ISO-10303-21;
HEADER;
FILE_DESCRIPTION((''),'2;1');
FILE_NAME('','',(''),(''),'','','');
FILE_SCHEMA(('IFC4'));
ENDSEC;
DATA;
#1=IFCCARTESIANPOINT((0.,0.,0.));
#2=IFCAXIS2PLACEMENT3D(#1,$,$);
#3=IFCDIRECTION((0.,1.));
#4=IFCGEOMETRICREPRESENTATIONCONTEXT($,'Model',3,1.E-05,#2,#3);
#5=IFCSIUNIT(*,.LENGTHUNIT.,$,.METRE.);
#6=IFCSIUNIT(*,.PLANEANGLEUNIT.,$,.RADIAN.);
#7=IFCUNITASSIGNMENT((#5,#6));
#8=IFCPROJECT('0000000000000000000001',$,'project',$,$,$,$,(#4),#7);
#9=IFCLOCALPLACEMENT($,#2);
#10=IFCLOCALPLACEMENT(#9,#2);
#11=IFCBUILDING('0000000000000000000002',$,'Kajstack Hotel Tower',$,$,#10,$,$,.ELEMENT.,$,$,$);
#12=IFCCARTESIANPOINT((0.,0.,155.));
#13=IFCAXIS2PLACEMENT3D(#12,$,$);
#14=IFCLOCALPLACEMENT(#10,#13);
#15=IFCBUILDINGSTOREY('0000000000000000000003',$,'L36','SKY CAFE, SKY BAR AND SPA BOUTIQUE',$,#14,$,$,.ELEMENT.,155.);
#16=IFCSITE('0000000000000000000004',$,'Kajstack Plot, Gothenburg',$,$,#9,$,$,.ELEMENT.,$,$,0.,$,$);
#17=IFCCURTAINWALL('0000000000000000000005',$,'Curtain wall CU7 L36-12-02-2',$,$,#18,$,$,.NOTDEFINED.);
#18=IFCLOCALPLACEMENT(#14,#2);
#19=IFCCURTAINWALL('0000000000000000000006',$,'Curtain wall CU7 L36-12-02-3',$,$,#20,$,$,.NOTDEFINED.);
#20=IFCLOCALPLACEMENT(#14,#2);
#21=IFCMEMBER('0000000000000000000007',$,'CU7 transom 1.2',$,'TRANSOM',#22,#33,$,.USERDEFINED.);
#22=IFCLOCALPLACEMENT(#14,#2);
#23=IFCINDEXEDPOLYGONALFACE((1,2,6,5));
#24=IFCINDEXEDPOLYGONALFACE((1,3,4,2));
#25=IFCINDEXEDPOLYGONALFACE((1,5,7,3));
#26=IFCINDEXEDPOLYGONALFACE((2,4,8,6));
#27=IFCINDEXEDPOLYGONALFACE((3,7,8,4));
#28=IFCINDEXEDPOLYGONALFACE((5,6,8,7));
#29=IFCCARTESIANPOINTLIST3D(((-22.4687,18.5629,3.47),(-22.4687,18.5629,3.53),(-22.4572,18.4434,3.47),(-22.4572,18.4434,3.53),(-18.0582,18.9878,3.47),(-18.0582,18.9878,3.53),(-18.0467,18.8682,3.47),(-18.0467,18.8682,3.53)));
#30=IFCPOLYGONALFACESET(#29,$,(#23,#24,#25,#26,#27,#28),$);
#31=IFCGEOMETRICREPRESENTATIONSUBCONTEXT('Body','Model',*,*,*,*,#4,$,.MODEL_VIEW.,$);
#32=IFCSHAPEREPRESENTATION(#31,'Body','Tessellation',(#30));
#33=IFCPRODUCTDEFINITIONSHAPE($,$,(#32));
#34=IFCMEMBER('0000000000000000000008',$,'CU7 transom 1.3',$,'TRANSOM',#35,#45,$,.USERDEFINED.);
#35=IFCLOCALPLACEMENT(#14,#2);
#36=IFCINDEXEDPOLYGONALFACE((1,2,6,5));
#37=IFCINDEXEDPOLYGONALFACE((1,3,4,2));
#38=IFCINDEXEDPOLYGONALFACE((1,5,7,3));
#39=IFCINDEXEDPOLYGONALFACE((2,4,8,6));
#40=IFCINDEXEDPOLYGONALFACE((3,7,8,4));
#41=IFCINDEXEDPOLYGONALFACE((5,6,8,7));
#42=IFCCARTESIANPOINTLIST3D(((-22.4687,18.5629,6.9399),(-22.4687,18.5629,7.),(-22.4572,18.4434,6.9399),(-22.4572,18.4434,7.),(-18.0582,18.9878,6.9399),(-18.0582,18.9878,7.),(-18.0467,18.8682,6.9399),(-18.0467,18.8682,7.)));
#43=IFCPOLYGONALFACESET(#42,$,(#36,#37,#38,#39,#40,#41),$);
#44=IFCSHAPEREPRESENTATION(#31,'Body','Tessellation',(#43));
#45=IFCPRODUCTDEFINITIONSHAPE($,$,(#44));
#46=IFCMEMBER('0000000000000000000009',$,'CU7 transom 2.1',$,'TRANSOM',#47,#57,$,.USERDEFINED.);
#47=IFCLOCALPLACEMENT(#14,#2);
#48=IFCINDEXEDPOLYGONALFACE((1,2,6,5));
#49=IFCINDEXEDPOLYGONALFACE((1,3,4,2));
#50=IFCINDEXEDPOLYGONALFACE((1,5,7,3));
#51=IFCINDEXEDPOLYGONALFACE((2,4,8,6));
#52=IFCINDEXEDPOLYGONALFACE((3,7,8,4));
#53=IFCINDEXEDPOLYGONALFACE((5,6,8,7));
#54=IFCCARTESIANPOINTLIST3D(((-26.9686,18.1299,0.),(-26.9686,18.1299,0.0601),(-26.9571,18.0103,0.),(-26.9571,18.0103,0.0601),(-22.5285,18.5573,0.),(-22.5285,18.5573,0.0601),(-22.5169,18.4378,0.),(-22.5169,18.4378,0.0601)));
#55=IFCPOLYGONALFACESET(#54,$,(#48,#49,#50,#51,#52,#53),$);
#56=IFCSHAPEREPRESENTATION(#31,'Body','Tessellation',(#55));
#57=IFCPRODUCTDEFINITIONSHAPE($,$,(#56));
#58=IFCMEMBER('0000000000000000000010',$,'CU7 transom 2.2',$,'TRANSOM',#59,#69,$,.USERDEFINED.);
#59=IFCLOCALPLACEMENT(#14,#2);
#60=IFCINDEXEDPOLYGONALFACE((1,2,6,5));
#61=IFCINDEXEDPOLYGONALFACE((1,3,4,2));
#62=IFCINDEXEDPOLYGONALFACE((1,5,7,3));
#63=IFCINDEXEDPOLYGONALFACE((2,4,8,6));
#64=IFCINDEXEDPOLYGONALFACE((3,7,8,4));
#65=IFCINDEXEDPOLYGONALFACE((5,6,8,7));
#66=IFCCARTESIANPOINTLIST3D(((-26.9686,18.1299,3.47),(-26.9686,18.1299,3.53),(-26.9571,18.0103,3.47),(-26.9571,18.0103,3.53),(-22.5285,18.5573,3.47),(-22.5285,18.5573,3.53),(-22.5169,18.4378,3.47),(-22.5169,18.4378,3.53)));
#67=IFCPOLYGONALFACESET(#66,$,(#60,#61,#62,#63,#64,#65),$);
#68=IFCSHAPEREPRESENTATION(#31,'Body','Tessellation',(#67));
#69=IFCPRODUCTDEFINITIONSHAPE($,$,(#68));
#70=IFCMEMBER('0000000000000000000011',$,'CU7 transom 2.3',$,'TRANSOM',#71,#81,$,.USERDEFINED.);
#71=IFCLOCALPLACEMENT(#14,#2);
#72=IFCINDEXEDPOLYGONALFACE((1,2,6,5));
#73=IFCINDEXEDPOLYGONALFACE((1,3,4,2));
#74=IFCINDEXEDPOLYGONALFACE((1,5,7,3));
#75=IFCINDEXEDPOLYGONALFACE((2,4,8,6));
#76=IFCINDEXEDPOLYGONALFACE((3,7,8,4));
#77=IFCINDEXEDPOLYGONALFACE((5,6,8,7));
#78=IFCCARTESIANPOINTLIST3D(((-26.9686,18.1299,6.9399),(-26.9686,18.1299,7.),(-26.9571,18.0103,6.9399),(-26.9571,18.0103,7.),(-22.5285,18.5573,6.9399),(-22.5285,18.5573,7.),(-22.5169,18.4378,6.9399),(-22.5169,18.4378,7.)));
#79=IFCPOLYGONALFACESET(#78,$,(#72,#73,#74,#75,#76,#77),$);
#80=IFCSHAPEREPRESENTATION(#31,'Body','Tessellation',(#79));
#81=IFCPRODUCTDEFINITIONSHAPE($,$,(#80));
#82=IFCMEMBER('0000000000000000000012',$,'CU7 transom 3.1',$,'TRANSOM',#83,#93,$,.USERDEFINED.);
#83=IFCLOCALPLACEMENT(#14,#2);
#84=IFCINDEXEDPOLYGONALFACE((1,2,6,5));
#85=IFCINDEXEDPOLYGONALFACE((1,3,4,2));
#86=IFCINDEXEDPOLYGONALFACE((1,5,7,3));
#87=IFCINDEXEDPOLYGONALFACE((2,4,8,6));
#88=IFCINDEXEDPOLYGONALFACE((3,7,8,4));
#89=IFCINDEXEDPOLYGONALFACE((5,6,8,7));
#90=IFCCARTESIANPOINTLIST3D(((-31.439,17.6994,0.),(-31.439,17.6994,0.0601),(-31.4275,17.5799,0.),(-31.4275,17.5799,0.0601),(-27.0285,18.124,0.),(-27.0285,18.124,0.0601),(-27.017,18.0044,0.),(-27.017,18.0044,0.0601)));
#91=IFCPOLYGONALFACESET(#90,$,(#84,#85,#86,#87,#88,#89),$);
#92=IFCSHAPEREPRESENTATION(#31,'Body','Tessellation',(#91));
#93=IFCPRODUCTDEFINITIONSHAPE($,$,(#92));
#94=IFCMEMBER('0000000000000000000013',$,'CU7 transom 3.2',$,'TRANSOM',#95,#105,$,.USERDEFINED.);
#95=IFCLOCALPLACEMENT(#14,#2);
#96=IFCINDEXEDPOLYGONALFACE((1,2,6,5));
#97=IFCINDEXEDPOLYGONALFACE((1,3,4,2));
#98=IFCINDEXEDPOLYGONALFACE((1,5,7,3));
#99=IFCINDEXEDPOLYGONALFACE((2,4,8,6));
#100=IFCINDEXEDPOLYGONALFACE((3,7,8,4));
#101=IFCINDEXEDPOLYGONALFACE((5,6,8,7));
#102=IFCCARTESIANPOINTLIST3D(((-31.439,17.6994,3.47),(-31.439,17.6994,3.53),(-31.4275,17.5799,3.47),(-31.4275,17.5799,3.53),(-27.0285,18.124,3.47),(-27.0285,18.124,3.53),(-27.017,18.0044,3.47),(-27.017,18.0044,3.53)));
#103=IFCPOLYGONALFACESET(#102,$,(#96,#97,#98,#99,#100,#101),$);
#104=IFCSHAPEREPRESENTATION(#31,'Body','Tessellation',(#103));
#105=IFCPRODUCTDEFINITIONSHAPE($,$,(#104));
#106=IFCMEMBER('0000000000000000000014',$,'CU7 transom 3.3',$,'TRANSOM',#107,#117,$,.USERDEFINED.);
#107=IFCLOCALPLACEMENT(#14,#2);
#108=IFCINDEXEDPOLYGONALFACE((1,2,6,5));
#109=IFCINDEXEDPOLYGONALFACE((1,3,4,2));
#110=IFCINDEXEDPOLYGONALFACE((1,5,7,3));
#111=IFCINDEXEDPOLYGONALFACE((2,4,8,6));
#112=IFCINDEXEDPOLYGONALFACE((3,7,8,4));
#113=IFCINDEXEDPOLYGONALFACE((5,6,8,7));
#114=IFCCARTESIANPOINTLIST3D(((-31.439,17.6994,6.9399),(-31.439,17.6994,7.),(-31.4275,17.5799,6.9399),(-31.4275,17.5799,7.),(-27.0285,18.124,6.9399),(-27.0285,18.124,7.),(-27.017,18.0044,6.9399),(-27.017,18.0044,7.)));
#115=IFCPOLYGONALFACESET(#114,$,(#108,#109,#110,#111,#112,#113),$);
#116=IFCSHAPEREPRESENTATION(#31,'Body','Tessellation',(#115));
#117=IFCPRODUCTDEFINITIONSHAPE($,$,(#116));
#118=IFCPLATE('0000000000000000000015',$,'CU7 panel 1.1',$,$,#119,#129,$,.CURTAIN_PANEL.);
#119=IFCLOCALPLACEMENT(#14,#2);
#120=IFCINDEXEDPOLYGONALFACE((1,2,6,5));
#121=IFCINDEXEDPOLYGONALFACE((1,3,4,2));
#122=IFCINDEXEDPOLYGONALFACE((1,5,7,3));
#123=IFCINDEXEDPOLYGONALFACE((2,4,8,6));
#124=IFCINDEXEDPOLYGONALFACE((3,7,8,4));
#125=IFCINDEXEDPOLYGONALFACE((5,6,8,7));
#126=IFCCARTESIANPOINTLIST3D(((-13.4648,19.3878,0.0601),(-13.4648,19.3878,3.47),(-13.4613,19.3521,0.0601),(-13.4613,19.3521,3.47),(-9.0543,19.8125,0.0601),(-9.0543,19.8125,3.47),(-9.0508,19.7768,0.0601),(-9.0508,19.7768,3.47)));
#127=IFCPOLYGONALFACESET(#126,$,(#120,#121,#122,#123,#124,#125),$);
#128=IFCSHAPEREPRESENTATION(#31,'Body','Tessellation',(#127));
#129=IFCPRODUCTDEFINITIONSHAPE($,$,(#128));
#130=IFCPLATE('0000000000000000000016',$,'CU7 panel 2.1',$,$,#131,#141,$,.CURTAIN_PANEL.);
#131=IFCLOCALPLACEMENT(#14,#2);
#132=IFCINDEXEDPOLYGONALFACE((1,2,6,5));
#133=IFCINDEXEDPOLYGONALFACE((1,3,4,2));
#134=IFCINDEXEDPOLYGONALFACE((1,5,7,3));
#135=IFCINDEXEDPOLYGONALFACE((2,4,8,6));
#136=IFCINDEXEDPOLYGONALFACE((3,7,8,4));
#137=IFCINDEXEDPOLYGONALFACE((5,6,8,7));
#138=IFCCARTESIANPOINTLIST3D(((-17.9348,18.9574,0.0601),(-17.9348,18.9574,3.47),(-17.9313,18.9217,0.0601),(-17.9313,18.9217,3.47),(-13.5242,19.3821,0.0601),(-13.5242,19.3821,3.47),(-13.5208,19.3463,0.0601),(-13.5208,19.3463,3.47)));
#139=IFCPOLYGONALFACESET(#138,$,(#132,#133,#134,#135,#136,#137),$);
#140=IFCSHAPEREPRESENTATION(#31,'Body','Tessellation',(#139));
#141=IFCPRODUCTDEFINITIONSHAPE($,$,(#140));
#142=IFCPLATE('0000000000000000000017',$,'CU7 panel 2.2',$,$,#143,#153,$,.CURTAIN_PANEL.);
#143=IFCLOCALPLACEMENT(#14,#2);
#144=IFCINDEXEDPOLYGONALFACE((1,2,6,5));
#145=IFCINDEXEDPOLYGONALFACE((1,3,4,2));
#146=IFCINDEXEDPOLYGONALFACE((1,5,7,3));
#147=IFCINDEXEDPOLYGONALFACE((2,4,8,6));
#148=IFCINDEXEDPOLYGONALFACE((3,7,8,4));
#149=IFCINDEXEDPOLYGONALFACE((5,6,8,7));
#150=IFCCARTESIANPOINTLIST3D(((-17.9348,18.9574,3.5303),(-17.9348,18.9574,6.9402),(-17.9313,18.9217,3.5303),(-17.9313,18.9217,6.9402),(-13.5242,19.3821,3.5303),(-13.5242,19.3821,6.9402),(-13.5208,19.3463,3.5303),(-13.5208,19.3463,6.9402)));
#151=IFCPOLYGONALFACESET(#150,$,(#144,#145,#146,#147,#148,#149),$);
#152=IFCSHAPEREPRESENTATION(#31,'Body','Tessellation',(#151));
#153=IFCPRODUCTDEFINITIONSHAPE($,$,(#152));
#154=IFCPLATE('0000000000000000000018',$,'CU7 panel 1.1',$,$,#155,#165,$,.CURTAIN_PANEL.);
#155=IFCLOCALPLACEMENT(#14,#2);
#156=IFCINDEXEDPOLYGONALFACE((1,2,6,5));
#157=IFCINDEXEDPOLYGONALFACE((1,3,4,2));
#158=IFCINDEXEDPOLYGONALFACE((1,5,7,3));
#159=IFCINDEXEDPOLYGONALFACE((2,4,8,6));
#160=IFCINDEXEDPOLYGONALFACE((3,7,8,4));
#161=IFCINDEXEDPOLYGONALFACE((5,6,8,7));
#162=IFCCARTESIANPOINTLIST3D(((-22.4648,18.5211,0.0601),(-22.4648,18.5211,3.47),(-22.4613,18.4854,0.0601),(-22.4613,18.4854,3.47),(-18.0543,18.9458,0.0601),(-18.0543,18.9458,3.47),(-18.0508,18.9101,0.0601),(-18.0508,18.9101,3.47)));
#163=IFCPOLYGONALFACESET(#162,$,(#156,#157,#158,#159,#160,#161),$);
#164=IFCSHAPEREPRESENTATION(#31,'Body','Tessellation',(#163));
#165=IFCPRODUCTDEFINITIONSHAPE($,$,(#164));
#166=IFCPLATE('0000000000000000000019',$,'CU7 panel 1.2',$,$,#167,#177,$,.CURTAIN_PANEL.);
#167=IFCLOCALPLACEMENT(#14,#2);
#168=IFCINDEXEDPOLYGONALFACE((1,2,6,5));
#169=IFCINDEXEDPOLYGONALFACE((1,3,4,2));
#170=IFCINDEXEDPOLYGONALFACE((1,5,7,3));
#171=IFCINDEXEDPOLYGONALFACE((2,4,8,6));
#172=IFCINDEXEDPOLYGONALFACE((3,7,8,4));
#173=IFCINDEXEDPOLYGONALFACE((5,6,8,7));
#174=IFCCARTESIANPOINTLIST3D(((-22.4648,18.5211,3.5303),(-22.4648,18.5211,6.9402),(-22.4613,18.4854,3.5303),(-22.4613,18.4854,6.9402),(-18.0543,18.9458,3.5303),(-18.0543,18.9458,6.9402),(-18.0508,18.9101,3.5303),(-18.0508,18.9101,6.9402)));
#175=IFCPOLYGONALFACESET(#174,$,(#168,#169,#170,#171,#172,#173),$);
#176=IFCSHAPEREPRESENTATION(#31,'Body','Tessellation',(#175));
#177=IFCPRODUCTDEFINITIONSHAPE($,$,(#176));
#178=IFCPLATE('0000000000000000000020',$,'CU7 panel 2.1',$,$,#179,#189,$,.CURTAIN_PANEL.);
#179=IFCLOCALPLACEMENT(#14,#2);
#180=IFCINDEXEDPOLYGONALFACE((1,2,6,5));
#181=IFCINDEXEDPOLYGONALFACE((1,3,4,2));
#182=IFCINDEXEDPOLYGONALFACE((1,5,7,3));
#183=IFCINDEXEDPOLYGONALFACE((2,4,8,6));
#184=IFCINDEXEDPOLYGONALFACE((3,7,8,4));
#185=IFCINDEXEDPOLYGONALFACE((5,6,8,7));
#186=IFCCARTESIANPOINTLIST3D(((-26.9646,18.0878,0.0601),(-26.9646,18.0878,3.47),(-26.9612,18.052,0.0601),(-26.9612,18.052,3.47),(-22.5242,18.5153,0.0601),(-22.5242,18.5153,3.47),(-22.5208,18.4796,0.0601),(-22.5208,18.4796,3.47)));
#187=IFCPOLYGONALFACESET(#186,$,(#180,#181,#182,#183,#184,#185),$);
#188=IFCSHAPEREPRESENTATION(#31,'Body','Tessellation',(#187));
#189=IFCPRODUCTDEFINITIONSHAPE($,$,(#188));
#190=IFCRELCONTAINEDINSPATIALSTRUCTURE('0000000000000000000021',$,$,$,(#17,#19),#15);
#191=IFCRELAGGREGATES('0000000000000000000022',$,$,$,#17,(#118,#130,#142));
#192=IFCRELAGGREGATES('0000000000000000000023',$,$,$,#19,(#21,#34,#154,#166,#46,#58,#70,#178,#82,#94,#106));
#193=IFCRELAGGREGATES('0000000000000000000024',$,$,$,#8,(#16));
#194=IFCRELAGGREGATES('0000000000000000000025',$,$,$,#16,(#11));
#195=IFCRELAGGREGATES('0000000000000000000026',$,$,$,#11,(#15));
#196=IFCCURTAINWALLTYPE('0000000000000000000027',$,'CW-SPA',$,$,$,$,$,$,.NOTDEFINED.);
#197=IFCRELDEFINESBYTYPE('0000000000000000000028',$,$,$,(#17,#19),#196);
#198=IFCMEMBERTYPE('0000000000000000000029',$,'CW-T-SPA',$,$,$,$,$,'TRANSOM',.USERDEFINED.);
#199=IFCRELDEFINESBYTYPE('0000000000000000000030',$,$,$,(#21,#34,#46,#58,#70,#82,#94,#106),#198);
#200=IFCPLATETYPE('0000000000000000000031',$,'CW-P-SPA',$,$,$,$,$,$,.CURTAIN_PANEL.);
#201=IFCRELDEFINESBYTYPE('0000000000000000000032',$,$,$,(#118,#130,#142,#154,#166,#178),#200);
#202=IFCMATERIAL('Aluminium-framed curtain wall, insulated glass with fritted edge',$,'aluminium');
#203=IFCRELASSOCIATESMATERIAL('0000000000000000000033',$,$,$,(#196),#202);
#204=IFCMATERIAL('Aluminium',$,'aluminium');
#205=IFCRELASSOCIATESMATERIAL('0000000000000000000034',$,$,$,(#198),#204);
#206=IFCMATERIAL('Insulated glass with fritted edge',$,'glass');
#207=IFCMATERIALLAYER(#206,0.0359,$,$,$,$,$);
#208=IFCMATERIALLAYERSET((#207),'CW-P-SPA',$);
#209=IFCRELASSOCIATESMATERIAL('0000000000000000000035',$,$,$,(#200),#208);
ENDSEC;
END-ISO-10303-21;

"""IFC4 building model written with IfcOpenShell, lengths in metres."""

from ifc_helpers import new_model, si_unit, direction, frame, origin, origin_2d, place, context, subcontext, project, spatial, rectangle, extrude, material, layer, layer_set, material_profile, profile_set, type_object, element, aggregate, save


model = new_model("IFC4")

# Units and contexts
model_context = context("Model", 3, precision=1e-05, world=origin(), true_north=direction((0.0, 1.0)))
body_context = subcontext(model_context, "Body", "Model", "MODEL_VIEW")
ifc_project = project(units=[si_unit("LENGTHUNIT", "METRE"), si_unit("PLANEANGLEUNIT", "RADIAN")], contexts=[model_context])

# Site, building, storey
site_placement = place(None, origin())
site = spatial("IfcSite", under=ifc_project, at=site_placement, Name="Kajstack Plot, Gothenburg", CompositionType="ELEMENT", RefElevation=0.0)
building_placement = place(site_placement, origin())
building = spatial("IfcBuilding", under=site, at=building_placement, Name="Kajstack Hotel Tower", CompositionType="ELEMENT")
storey_placement = place(building_placement, frame((0.0, 0.0, 155.0)))
storey = spatial("IfcBuildingStorey", under=building, at=storey_placement, Name="L36", Description="SKY CAFE, SKY BAR AND SPA BOUTIQUE", CompositionType="ELEMENT", Elevation=155.0)

# Curtain walls
ifc_material_1 = material(Name="Aluminium-framed curtain wall, insulated glass with fritted edge", Category="aluminium")
curtain_wall_type = type_object("IfcCurtainWallType", Name="CW-SPA", PredefinedType="NOTDEFINED", material=ifc_material_1)
curtain_wall_1_placement = place(storey_placement, origin())
curtain_wall_1 = element("IfcCurtainWall", 1, at=curtain_wall_1_placement, inside=storey, type_object=curtain_wall_type, Name="Curtain wall CU7 L36-12-02-2", PredefinedType="NOTDEFINED")
ifc_material_2 = material(Name="Aluminium", Category="aluminium")
curtain_wall_2_placement = place(storey_placement, origin())
curtain_wall_2 = element("IfcCurtainWall", 2, at=curtain_wall_2_placement, inside=storey, type_object=curtain_wall_type, Name="Curtain wall CU7 L36-12-02-3", PredefinedType="NOTDEFINED")

# Members
ifc_material_profile_1 = material_profile(ifc_material_2, rectangle(XDim=0.1201, YDim=0.0601, at=origin_2d()), Name="Aluminium transom 120 x 60")
ifc_profile_set_1 = profile_set([ifc_material_profile_1], Name="Aluminium")
member_type_1 = type_object("IfcMemberType", Name="CW-T-SPA", ElementType="TRANSOM", PredefinedType="USERDEFINED", material=ifc_profile_set_1)
member_1_placement = place(storey_placement, frame((-18.0525, 18.928, 3.5), z_axis=(-0.995393, -0.095875, 0.0), x_axis=(0.095875, -0.995393, 0.0)))
member_1 = element("IfcMember", 3, at=member_1_placement, type_object=member_type_1, Name="CU7 transom 1.2", ObjectType="TRANSOM", PredefinedType="USERDEFINED", context=body_context, shape_type="SweptSolid", body=[
    extrude(rectangle(XDim=0.1201, YDim=0.0601, at=origin_2d()), origin(), (0.0, 0.0, 1.0), 4.4309),
])
member_2_placement = place(storey_placement, frame((-18.0525, 18.928, 6.97), z_axis=(-0.995393, -0.095875, 0.0), x_axis=(0.095875, -0.995393, 0.0)))
member_2 = element("IfcMember", 4, at=member_2_placement, type_object=member_type_1, Name="CU7 transom 1.3", ObjectType="TRANSOM", PredefinedType="USERDEFINED", context=body_context, shape_type="SweptSolid", body=[
    extrude(rectangle(XDim=0.1201, YDim=0.0601, at=origin_2d()), origin(), (0.0, 0.0, 1.0), 4.4309),
])
member_3_placement = place(storey_placement, frame((-22.5227, 18.4976, 0.03), z_axis=(-0.995397, -0.095834, 0.0), x_axis=(0.095834, -0.995397, 0.0)))
member_3 = element("IfcMember", 5, at=member_3_placement, type_object=member_type_1, Name="CU7 transom 2.1", ObjectType="TRANSOM", PredefinedType="USERDEFINED", context=body_context, shape_type="SweptSolid", body=[
    extrude(rectangle(XDim=0.1201, YDim=0.0601, at=origin_2d()), origin(), (0.0, 0.0, 1.0), 4.4607),
])
member_4_placement = place(storey_placement, frame((-22.5227, 18.4976, 3.5), z_axis=(-0.995397, -0.095834, 0.0), x_axis=(0.095834, -0.995397, 0.0)))
member_4 = element("IfcMember", 6, at=member_4_placement, type_object=member_type_1, Name="CU7 transom 2.2", ObjectType="TRANSOM", PredefinedType="USERDEFINED", context=body_context, shape_type="SweptSolid", body=[
    extrude(rectangle(XDim=0.1201, YDim=0.0601, at=origin_2d()), origin(), (0.0, 0.0, 1.0), 4.4607),
])
member_5_placement = place(storey_placement, frame((-22.5227, 18.4976, 6.97), z_axis=(-0.995397, -0.095834, 0.0), x_axis=(0.095834, -0.995397, 0.0)))
member_5 = element("IfcMember", 7, at=member_5_placement, type_object=member_type_1, Name="CU7 transom 2.3", ObjectType="TRANSOM", PredefinedType="USERDEFINED", context=body_context, shape_type="SweptSolid", body=[
    extrude(rectangle(XDim=0.1201, YDim=0.0601, at=origin_2d()), origin(), (0.0, 0.0, 1.0), 4.4607),
])
member_6_placement = place(storey_placement, frame((-27.0227, 18.0642, 0.03), z_axis=(-0.995399, -0.095821, 0.0), x_axis=(0.095821, -0.995399, 0.0)))
member_6 = element("IfcMember", 8, at=member_6_placement, type_object=member_type_1, Name="CU7 transom 3.1", ObjectType="TRANSOM", PredefinedType="USERDEFINED", context=body_context, shape_type="SweptSolid", body=[
    extrude(rectangle(XDim=0.1201, YDim=0.0601, at=origin_2d()), origin(), (0.0, 0.0, 1.0), 4.4309),
])
member_7_placement = place(storey_placement, frame((-27.0227, 18.0642, 3.5), z_axis=(-0.995399, -0.095821, 0.0), x_axis=(0.095821, -0.995399, 0.0)))
member_7 = element("IfcMember", 9, at=member_7_placement, type_object=member_type_1, Name="CU7 transom 3.2", ObjectType="TRANSOM", PredefinedType="USERDEFINED", context=body_context, shape_type="SweptSolid", body=[
    extrude(rectangle(XDim=0.1201, YDim=0.0601, at=origin_2d()), origin(), (0.0, 0.0, 1.0), 4.4309),
])
member_8_placement = place(storey_placement, frame((-27.0227, 18.0642, 6.97), z_axis=(-0.995399, -0.095821, 0.0), x_axis=(0.095821, -0.995399, 0.0)))
member_8 = element("IfcMember", 10, at=member_8_placement, type_object=member_type_1, Name="CU7 transom 3.3", ObjectType="TRANSOM", PredefinedType="USERDEFINED", context=body_context, shape_type="SweptSolid", body=[
    extrude(rectangle(XDim=0.1201, YDim=0.0601, at=origin_2d()), origin(), (0.0, 0.0, 1.0), 4.4309),
])

# Plates
ifc_material_3 = material(Name="Insulated glass with fritted edge", Category="glass")
ifc_layer = layer(ifc_material_3, 0.0359)
ifc_layer_set = layer_set([ifc_layer], Name="CW-P-SPA")
plate_type = type_object("IfcPlateType", Name="CW-P-SPA", PredefinedType="CURTAIN_PANEL", material=ifc_layer_set)
plate_1_placement = place(storey_placement, frame((-11.2578, 19.5823, 0.0601), z_axis=(0.0, 0.0, 1.0), x_axis=(-0.995396, -0.095845, 0.0)))
plate_1 = element("IfcPlate", 11, at=plate_1_placement, type_object=plate_type, Name="CU7 panel 1.1", PredefinedType="CURTAIN_PANEL", context=body_context, shape_type="SweptSolid", body=[
    extrude(rectangle(XDim=4.4309, YDim=0.0359, at=origin_2d()), origin(), (0.0, 0.0, 1.0), 3.4099),
])
plate_2_placement = place(storey_placement, frame((-15.7278, 19.1519, 0.0601), z_axis=(0.0, 0.0, 1.0), x_axis=(-0.995396, -0.095845, 0.0)))
plate_2 = element("IfcPlate", 12, at=plate_2_placement, type_object=plate_type, Name="CU7 panel 2.1", PredefinedType="CURTAIN_PANEL", context=body_context, shape_type="SweptSolid", body=[
    extrude(rectangle(XDim=4.4309, YDim=0.0359, at=origin_2d()), origin(), (0.0, 0.0, 1.0), 3.4099),
])
plate_3_placement = place(storey_placement, frame((-15.7278, 19.1519, 3.5303), z_axis=(0.0, 0.0, 1.0), x_axis=(-0.995396, -0.095845, 0.0)))
plate_3 = element("IfcPlate", 13, at=plate_3_placement, type_object=plate_type, Name="CU7 panel 2.2", PredefinedType="CURTAIN_PANEL", context=body_context, shape_type="SweptSolid", body=[
    extrude(rectangle(XDim=4.4309, YDim=0.0359, at=origin_2d()), origin(), (0.0, 0.0, 1.0), 3.4099),
])
aggregate(curtain_wall_1, [plate_1, plate_2, plate_3])
plate_4_placement = place(storey_placement, frame((-20.2578, 18.7156, 0.0601), z_axis=(0.0, 0.0, 1.0), x_axis=(-0.995396, -0.095845, 0.0)))
plate_4 = element("IfcPlate", 14, at=plate_4_placement, type_object=plate_type, Name="CU7 panel 1.1", PredefinedType="CURTAIN_PANEL", context=body_context, shape_type="SweptSolid", body=[
    extrude(rectangle(XDim=4.4309, YDim=0.0359, at=origin_2d()), origin(), (0.0, 0.0, 1.0), 3.4099),
])
plate_5_placement = place(storey_placement, frame((-20.2578, 18.7156, 3.5303), z_axis=(0.0, 0.0, 1.0), x_axis=(-0.995396, -0.095845, 0.0)))
plate_5 = element("IfcPlate", 15, at=plate_5_placement, type_object=plate_type, Name="CU7 panel 1.2", PredefinedType="CURTAIN_PANEL", context=body_context, shape_type="SweptSolid", body=[
    extrude(rectangle(XDim=4.4309, YDim=0.0359, at=origin_2d()), origin(), (0.0, 0.0, 1.0), 3.4099),
])
plate_6_placement = place(storey_placement, frame((-24.7427, 18.2837, 0.0601), z_axis=(0.0, 0.0, 1.0), x_axis=(-0.995396, -0.095845, 0.0)))
plate_6 = element("IfcPlate", 16, at=plate_6_placement, type_object=plate_type, Name="CU7 panel 2.1", PredefinedType="CURTAIN_PANEL", context=body_context, shape_type="SweptSolid", body=[
    extrude(rectangle(XDim=4.4609, YDim=0.0359, at=origin_2d()), origin(), (0.0, 0.0, 1.0), 3.4099),
])
aggregate(curtain_wall_2, [member_1, member_2, plate_4, plate_5, member_3, member_4, member_5, plate_6, member_6, member_7, member_8])

save(model, "model.ifc")
